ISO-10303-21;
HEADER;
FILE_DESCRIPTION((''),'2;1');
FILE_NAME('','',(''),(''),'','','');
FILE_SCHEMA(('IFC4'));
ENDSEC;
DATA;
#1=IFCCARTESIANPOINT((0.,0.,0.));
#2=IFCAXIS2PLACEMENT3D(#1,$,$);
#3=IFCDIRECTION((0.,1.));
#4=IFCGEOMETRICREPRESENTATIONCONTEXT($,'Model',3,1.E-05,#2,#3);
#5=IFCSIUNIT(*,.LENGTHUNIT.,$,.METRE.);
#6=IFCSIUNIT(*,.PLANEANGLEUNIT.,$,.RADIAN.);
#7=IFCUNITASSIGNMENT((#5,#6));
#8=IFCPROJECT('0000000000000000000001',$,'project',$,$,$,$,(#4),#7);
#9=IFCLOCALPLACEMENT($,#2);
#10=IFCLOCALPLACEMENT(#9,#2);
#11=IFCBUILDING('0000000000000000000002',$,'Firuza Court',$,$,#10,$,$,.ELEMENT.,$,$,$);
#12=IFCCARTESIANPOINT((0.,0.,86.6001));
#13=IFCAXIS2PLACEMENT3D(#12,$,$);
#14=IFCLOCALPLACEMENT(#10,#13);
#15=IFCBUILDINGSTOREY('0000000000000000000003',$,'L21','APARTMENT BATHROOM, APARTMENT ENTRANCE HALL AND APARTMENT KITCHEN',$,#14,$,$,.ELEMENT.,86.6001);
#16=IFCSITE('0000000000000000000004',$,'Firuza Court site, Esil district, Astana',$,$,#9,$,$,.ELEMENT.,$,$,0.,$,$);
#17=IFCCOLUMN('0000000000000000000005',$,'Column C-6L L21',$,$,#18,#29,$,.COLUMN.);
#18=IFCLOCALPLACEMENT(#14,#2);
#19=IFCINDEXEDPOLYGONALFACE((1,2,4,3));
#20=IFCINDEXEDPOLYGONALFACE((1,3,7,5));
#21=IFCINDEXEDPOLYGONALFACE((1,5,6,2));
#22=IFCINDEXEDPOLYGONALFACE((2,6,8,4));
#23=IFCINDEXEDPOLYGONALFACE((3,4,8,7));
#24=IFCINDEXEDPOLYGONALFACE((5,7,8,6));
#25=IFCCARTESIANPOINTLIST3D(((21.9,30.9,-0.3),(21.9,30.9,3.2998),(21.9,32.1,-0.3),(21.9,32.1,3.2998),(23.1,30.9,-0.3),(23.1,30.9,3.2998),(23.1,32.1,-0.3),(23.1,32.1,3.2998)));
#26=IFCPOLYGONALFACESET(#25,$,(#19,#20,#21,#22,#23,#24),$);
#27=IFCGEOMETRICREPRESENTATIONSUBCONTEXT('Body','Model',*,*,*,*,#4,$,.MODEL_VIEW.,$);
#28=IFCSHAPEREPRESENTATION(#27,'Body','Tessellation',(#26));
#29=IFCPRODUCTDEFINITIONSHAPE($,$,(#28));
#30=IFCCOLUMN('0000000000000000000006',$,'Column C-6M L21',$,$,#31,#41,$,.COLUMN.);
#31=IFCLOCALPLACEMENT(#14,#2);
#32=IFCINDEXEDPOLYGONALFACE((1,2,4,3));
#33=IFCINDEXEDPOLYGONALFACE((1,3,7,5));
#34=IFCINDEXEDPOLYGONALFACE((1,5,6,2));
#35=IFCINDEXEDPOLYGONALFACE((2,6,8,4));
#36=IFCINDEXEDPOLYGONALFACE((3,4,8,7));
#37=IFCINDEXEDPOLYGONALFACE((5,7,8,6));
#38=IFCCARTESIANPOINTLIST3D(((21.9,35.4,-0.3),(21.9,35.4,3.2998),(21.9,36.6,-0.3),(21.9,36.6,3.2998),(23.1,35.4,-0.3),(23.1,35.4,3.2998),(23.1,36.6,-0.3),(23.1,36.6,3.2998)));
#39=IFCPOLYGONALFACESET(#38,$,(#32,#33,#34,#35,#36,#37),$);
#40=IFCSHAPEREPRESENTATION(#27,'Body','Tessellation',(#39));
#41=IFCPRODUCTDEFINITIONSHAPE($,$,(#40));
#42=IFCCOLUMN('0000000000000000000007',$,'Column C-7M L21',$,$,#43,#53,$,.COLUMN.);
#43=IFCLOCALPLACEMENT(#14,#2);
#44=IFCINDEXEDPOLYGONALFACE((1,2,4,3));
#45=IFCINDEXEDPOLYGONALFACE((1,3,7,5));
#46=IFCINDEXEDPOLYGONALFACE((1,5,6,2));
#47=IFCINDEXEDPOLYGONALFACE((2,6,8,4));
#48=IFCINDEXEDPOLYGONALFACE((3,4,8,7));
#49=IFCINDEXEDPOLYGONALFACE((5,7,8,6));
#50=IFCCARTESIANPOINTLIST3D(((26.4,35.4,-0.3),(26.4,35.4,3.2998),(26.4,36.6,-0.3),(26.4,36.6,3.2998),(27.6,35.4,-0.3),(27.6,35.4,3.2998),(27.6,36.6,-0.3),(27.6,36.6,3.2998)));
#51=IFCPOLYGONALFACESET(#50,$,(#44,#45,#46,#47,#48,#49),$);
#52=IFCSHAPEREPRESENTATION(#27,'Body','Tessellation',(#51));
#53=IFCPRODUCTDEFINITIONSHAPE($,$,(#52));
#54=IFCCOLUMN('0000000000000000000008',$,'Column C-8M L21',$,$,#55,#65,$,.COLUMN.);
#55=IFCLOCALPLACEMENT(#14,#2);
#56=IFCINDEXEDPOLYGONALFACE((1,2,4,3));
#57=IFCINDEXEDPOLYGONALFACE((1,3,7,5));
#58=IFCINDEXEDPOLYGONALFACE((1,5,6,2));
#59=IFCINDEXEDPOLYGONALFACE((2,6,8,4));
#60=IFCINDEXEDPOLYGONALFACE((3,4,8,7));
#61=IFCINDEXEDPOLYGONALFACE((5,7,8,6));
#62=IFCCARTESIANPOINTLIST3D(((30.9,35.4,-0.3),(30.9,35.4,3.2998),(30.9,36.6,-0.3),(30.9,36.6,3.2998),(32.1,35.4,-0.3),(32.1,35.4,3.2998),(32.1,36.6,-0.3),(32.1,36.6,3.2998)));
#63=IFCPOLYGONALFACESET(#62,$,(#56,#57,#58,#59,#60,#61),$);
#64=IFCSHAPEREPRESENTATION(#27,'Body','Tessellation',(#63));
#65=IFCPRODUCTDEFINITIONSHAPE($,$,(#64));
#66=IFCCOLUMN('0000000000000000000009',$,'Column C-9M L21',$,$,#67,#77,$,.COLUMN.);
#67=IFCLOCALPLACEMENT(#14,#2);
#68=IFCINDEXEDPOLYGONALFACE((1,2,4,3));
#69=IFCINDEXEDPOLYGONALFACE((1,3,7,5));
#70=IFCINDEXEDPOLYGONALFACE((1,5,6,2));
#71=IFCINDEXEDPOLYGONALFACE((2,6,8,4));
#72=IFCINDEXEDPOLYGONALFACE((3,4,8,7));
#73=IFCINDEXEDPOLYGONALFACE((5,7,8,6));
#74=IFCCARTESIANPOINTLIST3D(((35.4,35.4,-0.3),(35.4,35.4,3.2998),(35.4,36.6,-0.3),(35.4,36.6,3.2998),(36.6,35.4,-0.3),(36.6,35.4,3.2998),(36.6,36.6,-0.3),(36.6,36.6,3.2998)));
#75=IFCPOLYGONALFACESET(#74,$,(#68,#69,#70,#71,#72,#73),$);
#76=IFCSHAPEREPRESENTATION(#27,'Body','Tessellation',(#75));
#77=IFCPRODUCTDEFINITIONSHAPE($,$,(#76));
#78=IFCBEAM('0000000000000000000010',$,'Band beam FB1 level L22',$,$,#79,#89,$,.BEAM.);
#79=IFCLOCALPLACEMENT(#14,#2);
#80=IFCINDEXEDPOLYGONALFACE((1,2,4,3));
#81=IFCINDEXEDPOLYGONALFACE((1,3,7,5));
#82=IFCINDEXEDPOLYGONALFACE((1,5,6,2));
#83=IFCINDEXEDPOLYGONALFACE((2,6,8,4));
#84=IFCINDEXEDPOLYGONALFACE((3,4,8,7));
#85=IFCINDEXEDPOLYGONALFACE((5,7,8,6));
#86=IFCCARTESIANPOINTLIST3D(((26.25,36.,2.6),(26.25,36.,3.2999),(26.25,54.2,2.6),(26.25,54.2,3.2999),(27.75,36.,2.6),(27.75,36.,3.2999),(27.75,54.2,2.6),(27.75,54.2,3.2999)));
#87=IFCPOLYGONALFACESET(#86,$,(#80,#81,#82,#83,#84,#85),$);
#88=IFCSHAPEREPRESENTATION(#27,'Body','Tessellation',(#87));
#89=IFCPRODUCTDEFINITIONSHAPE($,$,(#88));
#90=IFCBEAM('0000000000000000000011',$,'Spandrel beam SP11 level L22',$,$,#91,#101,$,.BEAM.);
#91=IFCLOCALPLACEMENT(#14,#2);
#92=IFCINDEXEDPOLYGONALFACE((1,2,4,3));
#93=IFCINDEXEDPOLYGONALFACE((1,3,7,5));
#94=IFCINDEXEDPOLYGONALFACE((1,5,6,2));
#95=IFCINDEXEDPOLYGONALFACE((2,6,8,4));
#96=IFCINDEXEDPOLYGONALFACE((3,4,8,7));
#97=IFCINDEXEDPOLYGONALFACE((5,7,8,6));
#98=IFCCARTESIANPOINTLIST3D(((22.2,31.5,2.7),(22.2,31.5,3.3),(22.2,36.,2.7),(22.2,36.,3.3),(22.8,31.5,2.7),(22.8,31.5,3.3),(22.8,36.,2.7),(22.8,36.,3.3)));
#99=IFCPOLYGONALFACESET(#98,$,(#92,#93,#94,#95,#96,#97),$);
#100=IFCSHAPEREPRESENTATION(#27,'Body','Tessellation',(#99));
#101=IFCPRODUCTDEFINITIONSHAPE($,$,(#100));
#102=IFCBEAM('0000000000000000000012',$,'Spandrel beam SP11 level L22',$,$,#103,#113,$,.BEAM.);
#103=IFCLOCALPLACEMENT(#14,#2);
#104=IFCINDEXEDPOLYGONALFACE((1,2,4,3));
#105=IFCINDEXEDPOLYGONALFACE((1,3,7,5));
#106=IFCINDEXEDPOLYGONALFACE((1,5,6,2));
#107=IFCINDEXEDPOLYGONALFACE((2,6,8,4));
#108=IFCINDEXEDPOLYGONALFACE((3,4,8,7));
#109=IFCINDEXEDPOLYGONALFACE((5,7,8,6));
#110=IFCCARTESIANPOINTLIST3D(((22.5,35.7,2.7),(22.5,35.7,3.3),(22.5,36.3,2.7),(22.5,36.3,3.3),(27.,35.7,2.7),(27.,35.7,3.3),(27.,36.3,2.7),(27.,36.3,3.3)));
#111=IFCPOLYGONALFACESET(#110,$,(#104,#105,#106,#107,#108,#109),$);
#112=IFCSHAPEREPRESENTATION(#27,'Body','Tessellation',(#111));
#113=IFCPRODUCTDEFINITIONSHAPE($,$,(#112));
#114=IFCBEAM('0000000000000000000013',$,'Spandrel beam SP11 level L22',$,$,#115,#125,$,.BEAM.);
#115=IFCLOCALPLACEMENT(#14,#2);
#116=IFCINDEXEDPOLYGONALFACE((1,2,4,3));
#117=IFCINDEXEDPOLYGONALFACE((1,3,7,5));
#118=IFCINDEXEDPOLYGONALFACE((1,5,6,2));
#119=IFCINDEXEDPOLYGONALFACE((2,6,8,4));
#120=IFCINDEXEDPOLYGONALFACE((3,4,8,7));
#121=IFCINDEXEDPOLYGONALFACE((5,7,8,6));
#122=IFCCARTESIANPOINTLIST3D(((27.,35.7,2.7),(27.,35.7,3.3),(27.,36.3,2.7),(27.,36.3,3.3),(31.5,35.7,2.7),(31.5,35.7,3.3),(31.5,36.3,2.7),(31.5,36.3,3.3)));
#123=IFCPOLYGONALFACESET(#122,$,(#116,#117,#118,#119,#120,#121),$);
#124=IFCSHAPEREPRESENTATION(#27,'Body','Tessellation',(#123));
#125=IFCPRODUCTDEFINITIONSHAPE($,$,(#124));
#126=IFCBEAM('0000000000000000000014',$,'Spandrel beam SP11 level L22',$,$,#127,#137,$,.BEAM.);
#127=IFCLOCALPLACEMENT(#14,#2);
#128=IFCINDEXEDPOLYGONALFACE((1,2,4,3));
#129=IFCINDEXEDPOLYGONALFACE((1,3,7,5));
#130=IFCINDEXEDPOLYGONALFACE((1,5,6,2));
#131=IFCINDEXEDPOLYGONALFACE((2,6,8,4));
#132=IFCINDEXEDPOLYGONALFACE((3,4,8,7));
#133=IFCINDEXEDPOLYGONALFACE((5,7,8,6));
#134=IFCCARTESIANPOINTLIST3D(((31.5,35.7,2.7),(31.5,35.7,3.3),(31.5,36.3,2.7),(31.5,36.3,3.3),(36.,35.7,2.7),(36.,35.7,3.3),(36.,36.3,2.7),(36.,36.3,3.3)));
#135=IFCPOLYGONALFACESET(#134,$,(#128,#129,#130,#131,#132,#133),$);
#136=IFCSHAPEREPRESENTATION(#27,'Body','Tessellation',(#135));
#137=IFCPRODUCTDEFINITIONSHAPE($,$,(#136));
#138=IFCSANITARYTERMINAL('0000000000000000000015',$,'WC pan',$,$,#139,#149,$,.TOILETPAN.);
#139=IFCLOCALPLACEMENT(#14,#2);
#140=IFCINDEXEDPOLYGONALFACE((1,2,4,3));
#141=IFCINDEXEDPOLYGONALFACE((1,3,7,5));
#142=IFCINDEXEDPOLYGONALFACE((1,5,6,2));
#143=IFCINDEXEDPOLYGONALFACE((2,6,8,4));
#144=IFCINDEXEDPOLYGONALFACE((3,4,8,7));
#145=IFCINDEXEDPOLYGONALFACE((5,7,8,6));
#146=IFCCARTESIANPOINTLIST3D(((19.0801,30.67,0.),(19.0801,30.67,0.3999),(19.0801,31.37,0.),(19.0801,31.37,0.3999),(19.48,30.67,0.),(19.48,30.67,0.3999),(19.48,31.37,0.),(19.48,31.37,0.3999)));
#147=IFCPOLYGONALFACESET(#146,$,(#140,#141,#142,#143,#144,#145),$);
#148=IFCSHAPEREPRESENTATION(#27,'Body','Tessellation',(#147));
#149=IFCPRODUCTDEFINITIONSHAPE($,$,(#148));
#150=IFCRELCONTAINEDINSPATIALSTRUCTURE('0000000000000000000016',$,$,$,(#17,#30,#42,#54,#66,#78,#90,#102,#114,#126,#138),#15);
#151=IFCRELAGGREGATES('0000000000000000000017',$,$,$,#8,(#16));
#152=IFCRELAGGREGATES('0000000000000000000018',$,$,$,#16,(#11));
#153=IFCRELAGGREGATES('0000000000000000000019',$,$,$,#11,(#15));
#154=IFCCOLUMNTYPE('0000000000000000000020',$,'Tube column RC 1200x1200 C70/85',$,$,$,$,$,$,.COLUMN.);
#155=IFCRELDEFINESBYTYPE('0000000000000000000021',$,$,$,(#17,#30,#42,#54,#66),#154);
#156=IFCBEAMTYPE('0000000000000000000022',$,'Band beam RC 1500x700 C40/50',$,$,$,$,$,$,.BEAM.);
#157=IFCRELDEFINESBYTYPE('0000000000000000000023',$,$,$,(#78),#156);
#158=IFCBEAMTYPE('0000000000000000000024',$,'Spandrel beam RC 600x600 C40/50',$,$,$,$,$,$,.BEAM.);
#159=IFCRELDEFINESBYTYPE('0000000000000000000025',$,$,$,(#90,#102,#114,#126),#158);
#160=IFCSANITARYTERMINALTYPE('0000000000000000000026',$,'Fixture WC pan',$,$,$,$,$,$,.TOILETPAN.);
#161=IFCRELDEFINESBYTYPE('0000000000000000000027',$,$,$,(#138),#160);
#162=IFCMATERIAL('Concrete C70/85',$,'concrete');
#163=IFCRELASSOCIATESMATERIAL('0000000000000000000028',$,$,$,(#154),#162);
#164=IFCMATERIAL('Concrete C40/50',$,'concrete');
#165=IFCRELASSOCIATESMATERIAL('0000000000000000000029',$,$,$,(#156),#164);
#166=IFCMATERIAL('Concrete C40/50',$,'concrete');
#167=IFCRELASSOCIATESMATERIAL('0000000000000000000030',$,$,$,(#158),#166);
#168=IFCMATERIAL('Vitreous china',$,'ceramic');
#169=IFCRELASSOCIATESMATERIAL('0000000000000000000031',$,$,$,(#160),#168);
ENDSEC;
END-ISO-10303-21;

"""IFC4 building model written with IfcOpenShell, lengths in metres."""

from ifc_helpers import new_model, si_unit, direction, frame, origin, origin_2d, place, context, subcontext, project, spatial, rectangle, extrude, material, material_profile, profile_set, type_object, element, save


model = new_model("IFC4")

# Units and contexts
model_context = context("Model", 3, precision=1e-05, world=origin(), true_north=direction((0.0, 1.0)))
body_context = subcontext(model_context, "Body", "Model", "MODEL_VIEW")
ifc_project = project(units=[si_unit("LENGTHUNIT", "METRE"), si_unit("PLANEANGLEUNIT", "RADIAN")], contexts=[model_context])

# Site, building, storey
site_placement = place(None, origin())
site = spatial("IfcSite", under=ifc_project, at=site_placement, Name="Firuza Court site, Esil district, Astana", CompositionType="ELEMENT", RefElevation=0.0)
building_placement = place(site_placement, origin())
building = spatial("IfcBuilding", under=site, at=building_placement, Name="Firuza Court", CompositionType="ELEMENT")
storey_placement = place(building_placement, frame((0.0, 0.0, 86.6001)))
storey = spatial("IfcBuildingStorey", under=building, at=storey_placement, Name="L21", Description="APARTMENT BATHROOM, APARTMENT ENTRANCE HALL AND APARTMENT KITCHEN", CompositionType="ELEMENT", Elevation=86.6001)

# Columns
ifc_material_1 = material(Name="Concrete C70/85", Category="concrete")
ifc_material_profile_1 = material_profile(ifc_material_1, rectangle(XDim=1.2, YDim=1.2, at=origin_2d()), Name="RC 1200x1200")
ifc_profile_set_1 = profile_set([ifc_material_profile_1], Name="Concrete C70/85")
column_type = type_object("IfcColumnType", Name="Tube column RC 1200x1200 C70/85", PredefinedType="COLUMN", material=ifc_profile_set_1)
for number, where, z_axis, x_axis, name in (
    (1, (22.5, 31.5, -0.3), (0.0, 0.0, 1.0), (1.0, 0.0, 0.0), "Column C-6L L21"),
    (2, (22.5, 36.0, -0.3), (0.0, 0.0, 1.0), (1.0, 0.0, 0.0), "Column C-6M L21"),
    (3, (27.0, 36.0, -0.3), (0.0, 0.0, 1.0), (1.0, 0.0, 0.0), "Column C-7M L21"),
    (4, (31.5, 36.0, -0.3), (0.0, 0.0, 1.0), (1.0, 0.0, 0.0), "Column C-8M L21"),
    (5, (36.0, 36.0, -0.3), (0.0, 0.0, 1.0), (1.0, 0.0, 0.0), "Column C-9M L21"),
):
    element("IfcColumn", number, at=place(storey_placement, frame(where, z_axis=z_axis, x_axis=x_axis)), inside=storey, type_object=column_type, Name=name, PredefinedType="COLUMN", context=body_context, shape_type="SweptSolid", body=[
        extrude(rectangle(XDim=1.2, YDim=1.2, at=origin_2d()), origin(), (0.0, 0.0, 1.0), 3.5999),
    ])

# Beams
ifc_material_2 = material(Name="Concrete C40/50", Category="concrete")
ifc_material_profile_2 = material_profile(ifc_material_2, rectangle(XDim=1.5, YDim=0.7, at=origin_2d()), Name="RC 1500x700")
ifc_profile_set_2 = profile_set([ifc_material_profile_2], Name="Concrete C40/50")
beam_type_1 = type_object("IfcBeamType", Name="Band beam RC 1500x700 C40/50", PredefinedType="BEAM", material=ifc_profile_set_2)
beam_placement = place(storey_placement, frame((27.0, 36.0, 2.95), z_axis=(0.0, 1.0, 0.0), x_axis=(-1.0, 0.0, 0.0)))
element("IfcBeam", 6, at=beam_placement, inside=storey, type_object=beam_type_1, Name="Band beam FB1 level L22", PredefinedType="BEAM", context=body_context, shape_type="SweptSolid", body=[
    extrude(rectangle(XDim=1.5, YDim=0.7, at=origin_2d()), origin(), (0.0, 0.0, 1.0), 18.2),
])
ifc_material_3 = material(Name="Concrete C40/50", Category="concrete")
ifc_material_profile_3 = material_profile(ifc_material_3, rectangle(XDim=0.6001, YDim=0.6001, at=origin_2d()), Name="RC 600x600")
ifc_profile_set_3 = profile_set([ifc_material_profile_3], Name="Concrete C40/50")
beam_type_2 = type_object("IfcBeamType", Name="Spandrel beam RC 600x600 C40/50", PredefinedType="BEAM", material=ifc_profile_set_3)
for number, where, z_axis, x_axis, name in (
    (7, (22.5, 31.5, 3.0), (0.0, 1.0, 0.0), (-1.0, 0.0, 0.0), "Spandrel beam SP11 level L22"),
    (8, (22.5, 36.0, 3.0), (1.0, 0.0, 0.0), (0.0, 1.0, 0.0), "Spandrel beam SP11 level L22"),
    (9, (27.0, 36.0, 3.0), (1.0, 0.0, 0.0), (0.0, 1.0, 0.0), "Spandrel beam SP11 level L22"),
    (10, (31.5, 36.0, 3.0), (1.0, 0.0, 0.0), (0.0, 1.0, 0.0), "Spandrel beam SP11 level L22"),
):
    element("IfcBeam", number, at=place(storey_placement, frame(where, z_axis=z_axis, x_axis=x_axis)), inside=storey, type_object=beam_type_2, Name=name, PredefinedType="BEAM", context=body_context, shape_type="SweptSolid", body=[
        extrude(rectangle(XDim=0.6001, YDim=0.6001, at=origin_2d()), origin(), (0.0, 0.0, 1.0), 4.5),
    ])

# Sanitary terminal
ifc_material_4 = material(Name="Vitreous china", Category="ceramic")
sanitary_terminal_type = type_object("IfcSanitaryTerminalType", Name="Fixture WC pan", PredefinedType="TOILETPAN", material=ifc_material_4)
sanitary_terminal_placement = place(storey_placement, frame((19.28, 31.02, 0.0), z_axis=(0.0, 0.0, 1.0), x_axis=(1.0, 0.0, 0.0)))
element("IfcSanitaryTerminal", 11, at=sanitary_terminal_placement, inside=storey, type_object=sanitary_terminal_type, Name="WC pan", PredefinedType="TOILETPAN", context=body_context, shape_type="SweptSolid", body=[
    extrude(rectangle(XDim=0.3999, YDim=0.7, at=origin_2d()), origin(), (0.0, 0.0, 1.0), 0.3999),
])

save(model, "model.ifc")
